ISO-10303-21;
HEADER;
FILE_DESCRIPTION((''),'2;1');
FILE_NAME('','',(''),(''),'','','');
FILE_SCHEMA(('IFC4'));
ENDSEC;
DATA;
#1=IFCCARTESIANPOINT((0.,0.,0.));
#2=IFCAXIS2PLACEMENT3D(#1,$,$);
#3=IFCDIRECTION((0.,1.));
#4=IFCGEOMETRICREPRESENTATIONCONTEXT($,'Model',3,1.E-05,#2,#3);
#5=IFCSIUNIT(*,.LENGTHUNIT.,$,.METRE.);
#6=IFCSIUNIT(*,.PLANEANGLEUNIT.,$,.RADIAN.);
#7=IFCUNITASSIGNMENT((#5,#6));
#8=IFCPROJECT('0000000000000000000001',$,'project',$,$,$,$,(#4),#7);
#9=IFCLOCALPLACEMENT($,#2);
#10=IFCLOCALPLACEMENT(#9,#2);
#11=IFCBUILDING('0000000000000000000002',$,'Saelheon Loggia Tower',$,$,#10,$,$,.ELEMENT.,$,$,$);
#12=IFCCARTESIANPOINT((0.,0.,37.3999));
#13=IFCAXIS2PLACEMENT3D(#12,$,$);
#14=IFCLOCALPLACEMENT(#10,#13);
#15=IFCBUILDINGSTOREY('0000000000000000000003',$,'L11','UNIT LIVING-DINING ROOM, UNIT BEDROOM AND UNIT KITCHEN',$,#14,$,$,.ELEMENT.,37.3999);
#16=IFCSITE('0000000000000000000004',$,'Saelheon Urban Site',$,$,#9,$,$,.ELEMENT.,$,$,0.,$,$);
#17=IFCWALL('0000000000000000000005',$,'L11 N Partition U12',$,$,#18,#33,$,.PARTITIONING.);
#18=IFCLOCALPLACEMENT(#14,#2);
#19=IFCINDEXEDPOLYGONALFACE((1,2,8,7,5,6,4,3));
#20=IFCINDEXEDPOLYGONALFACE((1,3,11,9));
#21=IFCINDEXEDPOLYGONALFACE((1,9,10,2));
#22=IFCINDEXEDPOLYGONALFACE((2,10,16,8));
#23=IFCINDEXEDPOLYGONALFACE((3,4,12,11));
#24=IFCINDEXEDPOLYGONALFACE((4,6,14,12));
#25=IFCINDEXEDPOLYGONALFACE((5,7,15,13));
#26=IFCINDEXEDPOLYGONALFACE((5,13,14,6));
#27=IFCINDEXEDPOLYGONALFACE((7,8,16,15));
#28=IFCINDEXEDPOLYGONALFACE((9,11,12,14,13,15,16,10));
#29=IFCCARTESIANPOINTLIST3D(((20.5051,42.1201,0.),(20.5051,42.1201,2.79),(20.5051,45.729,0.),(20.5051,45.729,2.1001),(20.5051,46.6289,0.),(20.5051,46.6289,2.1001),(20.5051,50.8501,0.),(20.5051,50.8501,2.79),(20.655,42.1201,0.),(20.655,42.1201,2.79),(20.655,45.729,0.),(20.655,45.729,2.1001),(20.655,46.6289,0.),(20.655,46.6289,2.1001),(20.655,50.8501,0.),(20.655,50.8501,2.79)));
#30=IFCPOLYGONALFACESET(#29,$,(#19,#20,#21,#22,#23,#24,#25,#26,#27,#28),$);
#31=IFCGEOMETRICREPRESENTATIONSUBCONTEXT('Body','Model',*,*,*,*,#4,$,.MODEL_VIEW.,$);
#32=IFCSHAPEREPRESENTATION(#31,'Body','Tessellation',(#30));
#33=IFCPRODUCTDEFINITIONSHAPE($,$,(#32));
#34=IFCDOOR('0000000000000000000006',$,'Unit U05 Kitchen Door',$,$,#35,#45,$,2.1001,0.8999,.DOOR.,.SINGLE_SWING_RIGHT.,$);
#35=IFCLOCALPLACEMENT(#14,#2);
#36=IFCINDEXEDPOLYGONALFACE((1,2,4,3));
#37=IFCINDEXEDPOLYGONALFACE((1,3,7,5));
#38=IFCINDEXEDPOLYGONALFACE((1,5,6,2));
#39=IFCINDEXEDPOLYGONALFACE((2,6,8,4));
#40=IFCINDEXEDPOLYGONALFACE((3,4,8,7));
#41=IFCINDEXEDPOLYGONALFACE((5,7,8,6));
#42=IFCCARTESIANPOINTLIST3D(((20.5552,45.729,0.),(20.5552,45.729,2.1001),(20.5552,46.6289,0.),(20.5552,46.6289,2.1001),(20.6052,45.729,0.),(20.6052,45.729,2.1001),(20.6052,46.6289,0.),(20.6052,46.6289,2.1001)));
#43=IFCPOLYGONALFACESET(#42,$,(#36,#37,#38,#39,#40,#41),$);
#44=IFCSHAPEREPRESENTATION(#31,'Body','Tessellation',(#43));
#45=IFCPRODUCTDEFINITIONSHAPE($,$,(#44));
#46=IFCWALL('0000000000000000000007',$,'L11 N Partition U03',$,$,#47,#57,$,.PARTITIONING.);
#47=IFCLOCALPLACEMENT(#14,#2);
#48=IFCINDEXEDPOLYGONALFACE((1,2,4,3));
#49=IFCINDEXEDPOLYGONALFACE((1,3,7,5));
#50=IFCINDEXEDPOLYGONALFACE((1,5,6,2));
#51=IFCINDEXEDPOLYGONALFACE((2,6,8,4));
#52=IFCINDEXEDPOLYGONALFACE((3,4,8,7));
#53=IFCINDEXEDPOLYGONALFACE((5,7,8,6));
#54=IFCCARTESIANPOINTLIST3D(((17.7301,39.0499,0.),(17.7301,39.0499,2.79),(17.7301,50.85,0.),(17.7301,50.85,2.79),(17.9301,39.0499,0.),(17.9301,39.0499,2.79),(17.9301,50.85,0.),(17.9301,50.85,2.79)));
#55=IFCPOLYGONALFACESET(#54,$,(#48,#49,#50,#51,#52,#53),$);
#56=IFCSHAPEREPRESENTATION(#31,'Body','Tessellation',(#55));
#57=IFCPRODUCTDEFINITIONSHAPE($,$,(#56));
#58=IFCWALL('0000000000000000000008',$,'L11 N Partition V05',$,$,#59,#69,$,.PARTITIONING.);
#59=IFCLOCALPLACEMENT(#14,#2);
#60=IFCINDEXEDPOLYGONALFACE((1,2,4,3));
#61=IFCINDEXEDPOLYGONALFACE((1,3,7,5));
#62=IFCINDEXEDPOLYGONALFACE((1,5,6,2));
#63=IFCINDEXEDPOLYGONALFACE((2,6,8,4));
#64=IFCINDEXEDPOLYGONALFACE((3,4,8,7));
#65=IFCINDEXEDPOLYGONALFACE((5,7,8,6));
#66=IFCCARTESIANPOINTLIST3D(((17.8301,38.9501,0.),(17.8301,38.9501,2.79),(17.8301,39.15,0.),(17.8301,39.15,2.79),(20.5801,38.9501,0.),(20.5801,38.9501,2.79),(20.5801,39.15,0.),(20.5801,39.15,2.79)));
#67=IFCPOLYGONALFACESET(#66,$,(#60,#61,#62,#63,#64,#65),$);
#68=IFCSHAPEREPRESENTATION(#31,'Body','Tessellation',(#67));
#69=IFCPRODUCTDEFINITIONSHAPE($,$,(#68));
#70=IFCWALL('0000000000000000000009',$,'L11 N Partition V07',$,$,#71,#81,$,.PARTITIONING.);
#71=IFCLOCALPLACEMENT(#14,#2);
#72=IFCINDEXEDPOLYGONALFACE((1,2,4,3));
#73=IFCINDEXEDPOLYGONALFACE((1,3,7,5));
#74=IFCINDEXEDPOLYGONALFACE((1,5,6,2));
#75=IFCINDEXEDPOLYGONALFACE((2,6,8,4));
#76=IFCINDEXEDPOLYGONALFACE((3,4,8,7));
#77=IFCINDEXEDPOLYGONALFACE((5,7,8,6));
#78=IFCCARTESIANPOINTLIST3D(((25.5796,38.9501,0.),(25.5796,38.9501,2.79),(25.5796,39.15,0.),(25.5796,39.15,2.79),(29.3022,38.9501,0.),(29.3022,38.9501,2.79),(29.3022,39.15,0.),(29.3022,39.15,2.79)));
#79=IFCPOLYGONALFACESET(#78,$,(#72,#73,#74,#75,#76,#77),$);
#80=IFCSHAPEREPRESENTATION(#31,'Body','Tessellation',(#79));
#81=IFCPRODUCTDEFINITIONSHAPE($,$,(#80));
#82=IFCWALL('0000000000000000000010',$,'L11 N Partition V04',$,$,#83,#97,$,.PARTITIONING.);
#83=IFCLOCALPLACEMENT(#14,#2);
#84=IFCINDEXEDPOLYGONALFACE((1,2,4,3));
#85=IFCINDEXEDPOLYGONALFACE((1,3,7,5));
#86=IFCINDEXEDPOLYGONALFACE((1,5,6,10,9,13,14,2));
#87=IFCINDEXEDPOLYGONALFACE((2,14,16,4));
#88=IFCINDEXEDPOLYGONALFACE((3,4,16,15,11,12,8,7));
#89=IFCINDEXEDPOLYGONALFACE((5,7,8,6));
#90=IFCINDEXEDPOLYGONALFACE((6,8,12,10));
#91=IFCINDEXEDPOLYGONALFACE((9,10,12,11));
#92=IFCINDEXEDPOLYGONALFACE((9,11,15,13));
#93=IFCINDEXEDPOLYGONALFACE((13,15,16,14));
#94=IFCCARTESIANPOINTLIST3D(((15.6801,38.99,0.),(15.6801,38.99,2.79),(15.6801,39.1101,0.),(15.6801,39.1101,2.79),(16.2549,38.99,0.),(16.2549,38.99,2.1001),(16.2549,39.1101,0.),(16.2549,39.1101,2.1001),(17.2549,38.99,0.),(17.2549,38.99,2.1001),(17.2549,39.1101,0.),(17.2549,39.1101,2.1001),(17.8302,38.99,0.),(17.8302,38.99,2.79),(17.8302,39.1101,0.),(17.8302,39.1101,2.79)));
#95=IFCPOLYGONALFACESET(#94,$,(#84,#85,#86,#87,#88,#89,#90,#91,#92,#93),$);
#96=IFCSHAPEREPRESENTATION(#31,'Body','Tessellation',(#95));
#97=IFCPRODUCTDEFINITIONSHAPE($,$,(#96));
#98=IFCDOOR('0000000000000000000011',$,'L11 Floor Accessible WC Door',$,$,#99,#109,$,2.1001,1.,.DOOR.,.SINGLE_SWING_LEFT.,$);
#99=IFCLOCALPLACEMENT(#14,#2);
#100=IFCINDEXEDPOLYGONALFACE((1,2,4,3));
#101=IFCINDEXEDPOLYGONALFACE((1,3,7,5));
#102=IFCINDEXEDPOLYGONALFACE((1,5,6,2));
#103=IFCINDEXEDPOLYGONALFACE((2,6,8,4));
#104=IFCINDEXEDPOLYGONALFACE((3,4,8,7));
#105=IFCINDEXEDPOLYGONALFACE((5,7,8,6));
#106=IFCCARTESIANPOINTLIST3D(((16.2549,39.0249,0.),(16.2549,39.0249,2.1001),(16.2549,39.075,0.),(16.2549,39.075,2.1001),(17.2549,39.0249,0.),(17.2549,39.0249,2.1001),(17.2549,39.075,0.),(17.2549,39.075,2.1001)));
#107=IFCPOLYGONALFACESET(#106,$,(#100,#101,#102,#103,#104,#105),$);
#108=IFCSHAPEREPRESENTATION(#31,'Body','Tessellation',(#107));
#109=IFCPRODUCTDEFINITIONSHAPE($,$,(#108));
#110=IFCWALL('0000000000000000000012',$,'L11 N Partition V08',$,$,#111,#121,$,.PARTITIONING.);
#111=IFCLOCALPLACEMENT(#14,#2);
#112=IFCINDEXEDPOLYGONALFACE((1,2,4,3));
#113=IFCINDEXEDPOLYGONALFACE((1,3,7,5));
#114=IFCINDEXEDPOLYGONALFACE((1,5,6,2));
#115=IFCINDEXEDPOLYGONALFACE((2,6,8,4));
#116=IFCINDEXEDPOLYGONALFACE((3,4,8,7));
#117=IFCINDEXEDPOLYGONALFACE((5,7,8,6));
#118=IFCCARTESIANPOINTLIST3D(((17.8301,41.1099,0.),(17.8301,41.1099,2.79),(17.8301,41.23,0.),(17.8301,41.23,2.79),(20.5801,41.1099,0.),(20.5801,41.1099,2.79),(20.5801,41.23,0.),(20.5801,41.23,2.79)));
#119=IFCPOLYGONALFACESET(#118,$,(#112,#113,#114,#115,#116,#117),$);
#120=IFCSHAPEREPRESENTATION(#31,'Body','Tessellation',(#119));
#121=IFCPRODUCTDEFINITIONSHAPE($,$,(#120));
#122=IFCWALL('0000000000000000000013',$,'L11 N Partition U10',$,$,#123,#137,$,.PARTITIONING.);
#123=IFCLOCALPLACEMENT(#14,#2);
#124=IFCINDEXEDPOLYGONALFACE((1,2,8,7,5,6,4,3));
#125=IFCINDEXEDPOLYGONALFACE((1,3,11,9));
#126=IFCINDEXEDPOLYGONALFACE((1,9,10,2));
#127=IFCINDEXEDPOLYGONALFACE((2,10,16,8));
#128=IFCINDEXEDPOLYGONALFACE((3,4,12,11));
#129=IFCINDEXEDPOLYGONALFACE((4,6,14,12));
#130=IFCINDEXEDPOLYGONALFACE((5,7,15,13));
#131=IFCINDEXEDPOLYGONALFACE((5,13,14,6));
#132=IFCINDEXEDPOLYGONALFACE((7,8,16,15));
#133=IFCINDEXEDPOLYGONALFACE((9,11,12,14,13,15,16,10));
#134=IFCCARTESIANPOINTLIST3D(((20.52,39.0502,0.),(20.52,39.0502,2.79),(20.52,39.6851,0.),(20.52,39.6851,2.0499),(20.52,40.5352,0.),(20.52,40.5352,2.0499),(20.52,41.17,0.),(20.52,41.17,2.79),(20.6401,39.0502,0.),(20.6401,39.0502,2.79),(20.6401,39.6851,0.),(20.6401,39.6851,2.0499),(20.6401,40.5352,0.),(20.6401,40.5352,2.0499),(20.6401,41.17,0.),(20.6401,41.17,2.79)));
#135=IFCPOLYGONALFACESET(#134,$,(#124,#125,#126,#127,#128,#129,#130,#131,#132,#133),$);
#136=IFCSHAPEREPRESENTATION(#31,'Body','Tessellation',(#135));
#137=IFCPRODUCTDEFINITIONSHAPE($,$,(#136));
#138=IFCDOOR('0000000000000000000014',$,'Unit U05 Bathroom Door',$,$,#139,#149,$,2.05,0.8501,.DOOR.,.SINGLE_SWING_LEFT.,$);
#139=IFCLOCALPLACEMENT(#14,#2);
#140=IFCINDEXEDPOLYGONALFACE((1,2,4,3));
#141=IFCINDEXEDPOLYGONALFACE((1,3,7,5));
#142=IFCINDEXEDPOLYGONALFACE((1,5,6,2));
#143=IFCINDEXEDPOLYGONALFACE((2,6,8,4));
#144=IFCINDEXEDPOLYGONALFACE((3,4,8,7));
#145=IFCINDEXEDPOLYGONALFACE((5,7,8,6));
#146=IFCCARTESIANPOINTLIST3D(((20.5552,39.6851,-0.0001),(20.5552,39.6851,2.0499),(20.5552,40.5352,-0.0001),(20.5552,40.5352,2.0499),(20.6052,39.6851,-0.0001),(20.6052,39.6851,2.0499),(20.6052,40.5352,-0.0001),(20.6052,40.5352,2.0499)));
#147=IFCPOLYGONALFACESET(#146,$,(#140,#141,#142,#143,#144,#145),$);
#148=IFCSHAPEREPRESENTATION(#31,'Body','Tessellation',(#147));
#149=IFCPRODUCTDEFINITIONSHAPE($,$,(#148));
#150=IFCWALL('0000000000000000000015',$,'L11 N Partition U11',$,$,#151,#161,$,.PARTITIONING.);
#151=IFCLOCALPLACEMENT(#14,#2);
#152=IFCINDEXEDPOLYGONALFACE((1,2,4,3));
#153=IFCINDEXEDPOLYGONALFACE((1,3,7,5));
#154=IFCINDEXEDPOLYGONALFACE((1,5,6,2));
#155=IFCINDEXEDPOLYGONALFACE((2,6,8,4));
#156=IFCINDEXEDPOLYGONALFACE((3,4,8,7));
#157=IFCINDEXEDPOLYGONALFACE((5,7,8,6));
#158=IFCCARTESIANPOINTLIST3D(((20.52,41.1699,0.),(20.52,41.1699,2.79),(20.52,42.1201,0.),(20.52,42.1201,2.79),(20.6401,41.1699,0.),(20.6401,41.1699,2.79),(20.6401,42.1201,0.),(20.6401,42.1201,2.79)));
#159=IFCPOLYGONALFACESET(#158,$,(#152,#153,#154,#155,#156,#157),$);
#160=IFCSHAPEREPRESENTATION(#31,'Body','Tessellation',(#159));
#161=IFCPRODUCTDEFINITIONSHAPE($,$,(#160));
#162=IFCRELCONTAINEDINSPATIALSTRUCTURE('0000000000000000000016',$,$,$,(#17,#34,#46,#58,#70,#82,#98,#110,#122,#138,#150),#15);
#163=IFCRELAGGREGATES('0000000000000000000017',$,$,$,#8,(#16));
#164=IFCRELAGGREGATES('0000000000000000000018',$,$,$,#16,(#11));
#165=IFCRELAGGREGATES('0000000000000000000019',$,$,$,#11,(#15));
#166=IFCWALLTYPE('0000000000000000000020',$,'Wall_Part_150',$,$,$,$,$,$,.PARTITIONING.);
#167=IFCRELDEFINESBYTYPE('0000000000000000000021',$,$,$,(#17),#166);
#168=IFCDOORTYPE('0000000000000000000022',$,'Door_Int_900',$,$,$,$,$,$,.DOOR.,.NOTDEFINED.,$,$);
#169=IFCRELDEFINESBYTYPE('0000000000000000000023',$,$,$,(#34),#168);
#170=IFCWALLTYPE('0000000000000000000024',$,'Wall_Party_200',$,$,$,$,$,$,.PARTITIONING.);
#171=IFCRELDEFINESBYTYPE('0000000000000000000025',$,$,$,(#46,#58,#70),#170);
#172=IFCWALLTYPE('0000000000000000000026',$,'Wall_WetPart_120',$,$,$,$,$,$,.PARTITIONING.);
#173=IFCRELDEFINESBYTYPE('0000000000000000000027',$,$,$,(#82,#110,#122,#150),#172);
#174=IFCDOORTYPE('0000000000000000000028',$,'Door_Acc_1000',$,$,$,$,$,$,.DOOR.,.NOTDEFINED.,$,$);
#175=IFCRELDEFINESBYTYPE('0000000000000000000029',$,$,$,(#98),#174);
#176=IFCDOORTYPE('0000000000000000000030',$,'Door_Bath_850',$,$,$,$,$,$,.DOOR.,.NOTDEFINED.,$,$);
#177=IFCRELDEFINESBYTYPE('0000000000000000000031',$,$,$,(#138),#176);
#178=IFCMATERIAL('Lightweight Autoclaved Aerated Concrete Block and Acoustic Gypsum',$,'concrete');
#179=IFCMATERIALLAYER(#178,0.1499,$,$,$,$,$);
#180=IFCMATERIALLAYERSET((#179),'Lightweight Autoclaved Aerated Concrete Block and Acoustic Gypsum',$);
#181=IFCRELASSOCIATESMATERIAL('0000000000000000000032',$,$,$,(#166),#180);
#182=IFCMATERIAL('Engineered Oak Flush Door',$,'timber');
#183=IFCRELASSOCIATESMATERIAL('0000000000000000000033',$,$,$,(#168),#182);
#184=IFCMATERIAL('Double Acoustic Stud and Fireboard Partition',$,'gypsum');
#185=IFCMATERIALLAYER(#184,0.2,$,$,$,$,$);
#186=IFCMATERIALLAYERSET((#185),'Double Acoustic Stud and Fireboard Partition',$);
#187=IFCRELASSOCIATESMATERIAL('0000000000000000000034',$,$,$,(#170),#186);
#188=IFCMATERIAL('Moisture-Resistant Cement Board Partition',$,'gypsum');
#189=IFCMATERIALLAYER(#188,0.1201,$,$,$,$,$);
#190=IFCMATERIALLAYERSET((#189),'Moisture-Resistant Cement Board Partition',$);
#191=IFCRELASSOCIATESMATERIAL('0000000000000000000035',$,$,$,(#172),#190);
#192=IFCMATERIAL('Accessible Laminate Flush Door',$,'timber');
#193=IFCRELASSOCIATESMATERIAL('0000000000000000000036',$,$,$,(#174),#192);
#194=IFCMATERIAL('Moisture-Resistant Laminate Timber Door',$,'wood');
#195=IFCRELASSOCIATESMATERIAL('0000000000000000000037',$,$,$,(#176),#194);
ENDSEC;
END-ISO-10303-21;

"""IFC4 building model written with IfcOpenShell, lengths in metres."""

from ifc_helpers import new_model, si_unit, direction, frame, frame_2d, origin, place, context, subcontext, project, spatial, rectangle, extrude, source, transform, mapped, material, layer, layer_set, type_object, element, fill, save


model = new_model("IFC4")

# Units and contexts
model_context = context("Model", 3, precision=1e-05, world=origin(), true_north=direction((0.0, 1.0)))
body_context = subcontext(model_context, "Body", "Model", "MODEL_VIEW")
ifc_project = project(units=[si_unit("LENGTHUNIT", "METRE"), si_unit("PLANEANGLEUNIT", "RADIAN")], contexts=[model_context])

# Site, building, storey
site_placement = place(None, origin())
site = spatial("IfcSite", under=ifc_project, at=site_placement, Name="Saelheon Urban Site", CompositionType="ELEMENT", RefElevation=0.0)
building_placement = place(site_placement, origin())
building = spatial("IfcBuilding", under=site, at=building_placement, Name="Saelheon Loggia Tower", CompositionType="ELEMENT")
storey_placement = place(building_placement, frame((0.0, 0.0, 37.3999)))
storey = spatial("IfcBuildingStorey", under=building, at=storey_placement, Name="L11", Description="UNIT LIVING-DINING ROOM, UNIT BEDROOM AND UNIT KITCHEN", CompositionType="ELEMENT", Elevation=37.3999)

# Wall, opening, door
ifc_material_1 = material(Name="Lightweight Autoclaved Aerated Concrete Block and Acoustic Gypsum", Category="concrete")
ifc_layer_1 = layer(ifc_material_1, 0.1499)
ifc_layer_set_1 = layer_set([ifc_layer_1], Name="Lightweight Autoclaved Aerated Concrete Block and Acoustic Gypsum")
wall_type_1 = type_object("IfcWallType", Name="Wall_Part_150", PredefinedType="PARTITIONING", material=ifc_layer_set_1)
wall_1_placement = place(storey_placement, frame((20.5801, 42.1201, 0.0), z_axis=(0.0, 0.0, 1.0), x_axis=(0.0, 1.0, 0.0)))
wall_1 = element("IfcWall", 1, at=wall_1_placement, inside=storey, type_object=wall_type_1, Name="L11 N Partition U12", PredefinedType="PARTITIONING", context=body_context, shape_type="SweptSolid", body=[
    extrude(rectangle(XDim=8.73, YDim=0.1499, at=frame_2d((4.365, 0.0))), origin(), (0.0, 0.0, 1.0), 2.79),
])
opening_1_placement = place(wall_1_placement, frame((3.6089, 0.0, 0.0)))
opening_1 = element("IfcOpeningElement", 2, at=opening_1_placement, cuts=wall_1, PredefinedType="OPENING", context=body_context, shape_type="SweptSolid", body=[
    extrude(rectangle(XDim=0.8999, YDim=2.1001, at=frame_2d((0.45, 1.05))), frame((0.0, 0.0869, 0.0), z_axis=(0.0, -1.0, 0.0), x_axis=(1.0, 0.0, 0.0)), (0.0, 0.0, 1.0), 0.1738),
])
ifc_material_2 = material(Name="Engineered Oak Flush Door", Category="timber")
door_type_1 = type_object("IfcDoorType", Name="Door_Int_900", OperationType="NOTDEFINED", PredefinedType="DOOR", material=ifc_material_2)
shared_shape_1 = source(origin(), body_context, "Body", "SweptSolid", [
    extrude(rectangle(XDim=0.8999, YDim=2.1001, at=frame_2d((0.45, 1.05))), frame((0.0, 0.0249, 0.0), z_axis=(0.0, -1.0, 0.0), x_axis=(1.0, 0.0, 0.0)), (0.0, 0.0, 1.0), 0.05),
])
door_1_placement = place(opening_1_placement, origin())
door_1 = element("IfcDoor", 3, at=door_1_placement, inside=storey, type_object=door_type_1, Name="Unit U05 Kitchen Door", OperationType="SINGLE_SWING_RIGHT", OverallHeight=2.1001, OverallWidth=0.8999, PredefinedType="DOOR", context=body_context, shape_type="MappedRepresentation", body=[
    mapped(shared_shape_1, transform((0.0, 0.0, 0.0), scale=1.0)),
])
fill(opening_1, door_1)

# Walls
ifc_material_3 = material(Name="Double Acoustic Stud and Fireboard Partition", Category="gypsum")
ifc_layer_2 = layer(ifc_material_3, 0.2)
ifc_layer_set_2 = layer_set([ifc_layer_2], Name="Double Acoustic Stud and Fireboard Partition")
wall_type_2 = type_object("IfcWallType", Name="Wall_Party_200", PredefinedType="PARTITIONING", material=ifc_layer_set_2)
wall_2_placement = place(storey_placement, frame((17.8301, 39.05, 0.0), z_axis=(0.0, 0.0, 1.0), x_axis=(0.0, 1.0, 0.0)))
element("IfcWall", 4, at=wall_2_placement, inside=storey, type_object=wall_type_2, Name="L11 N Partition U03", PredefinedType="PARTITIONING", context=body_context, shape_type="SweptSolid", body=[
    extrude(rectangle(XDim=11.8, YDim=0.2, at=frame_2d((5.8999, 0.0))), origin(), (0.0, 0.0, 1.0), 2.79),
])
wall_3_placement = place(storey_placement, frame((17.8301, 39.05, 0.0), z_axis=(0.0, 0.0, 1.0), x_axis=(1.0, 0.0, 0.0)))
element("IfcWall", 5, at=wall_3_placement, inside=storey, type_object=wall_type_2, Name="L11 N Partition V05", PredefinedType="PARTITIONING", context=body_context, shape_type="SweptSolid", body=[
    extrude(rectangle(XDim=2.75, YDim=0.2, at=frame_2d((1.375, 0.0))), origin(), (0.0, 0.0, 1.0), 2.79),
])

# Wall
wall_4_placement = place(storey_placement, frame((25.5796, 39.05, 0.0), z_axis=(0.0, 0.0, 1.0), x_axis=(1.0, 0.0, 0.0)))
element("IfcWall", 6, at=wall_4_placement, inside=storey, type_object=wall_type_2, Name="L11 N Partition V07", PredefinedType="PARTITIONING", context=body_context, shape_type="SweptSolid", body=[
    extrude(rectangle(XDim=3.7227, YDim=0.2, at=frame_2d((1.8613, 0.0))), origin(), (0.0, 0.0, 1.0), 2.79),
])

# Wall, opening, door
ifc_material_4 = material(Name="Moisture-Resistant Cement Board Partition", Category="gypsum")
ifc_layer_3 = layer(ifc_material_4, 0.1201)
ifc_layer_set_3 = layer_set([ifc_layer_3], Name="Moisture-Resistant Cement Board Partition")
wall_type_3 = type_object("IfcWallType", Name="Wall_WetPart_120", PredefinedType="PARTITIONING", material=ifc_layer_set_3)
wall_5_placement = place(storey_placement, frame((15.6799, 39.05, 0.0), z_axis=(0.0, 0.0, 1.0), x_axis=(1.0, 0.0, 0.0)))
wall_5 = element("IfcWall", 7, at=wall_5_placement, inside=storey, type_object=wall_type_3, Name="L11 N Partition V04", PredefinedType="PARTITIONING", context=body_context, shape_type="SweptSolid", body=[
    extrude(rectangle(XDim=2.1501, YDim=0.1201, at=frame_2d((1.0752, 0.0))), origin(), (0.0, 0.0, 1.0), 2.79),
])
opening_2_placement = place(wall_5_placement, frame((0.575, 0.0, 0.0)))
opening_2 = element("IfcOpeningElement", 8, at=opening_2_placement, cuts=wall_5, PredefinedType="OPENING", context=body_context, shape_type="SweptSolid", body=[
    extrude(rectangle(XDim=1.0, YDim=2.1001, at=frame_2d((0.5, 1.05))), frame((0.0, 0.072, 0.0), z_axis=(0.0, -1.0, 0.0), x_axis=(1.0, 0.0, 0.0)), (0.0, 0.0, 1.0), 0.144),
])
ifc_material_5 = material(Name="Accessible Laminate Flush Door", Category="timber")
door_type_2 = type_object("IfcDoorType", Name="Door_Acc_1000", OperationType="NOTDEFINED", PredefinedType="DOOR", material=ifc_material_5)
shared_shape_2 = source(origin(), body_context, "Body", "SweptSolid", [
    extrude(rectangle(XDim=1.0, YDim=2.1001, at=frame_2d((0.5, 1.05))), frame((0.0, 0.0249, 0.0), z_axis=(0.0, -1.0, 0.0), x_axis=(1.0, 0.0, 0.0)), (0.0, 0.0, 1.0), 0.05),
])
door_2_placement = place(opening_2_placement, origin())
door_2 = element("IfcDoor", 9, at=door_2_placement, inside=storey, type_object=door_type_2, Name="L11 Floor Accessible WC Door", OperationType="SINGLE_SWING_LEFT", OverallHeight=2.1001, OverallWidth=1.0, PredefinedType="DOOR", context=body_context, shape_type="MappedRepresentation", body=[
    mapped(shared_shape_2, transform((0.0, 0.0, 0.0), scale=1.0)),
])
fill(opening_2, door_2)

# Wall
wall_6_placement = place(storey_placement, frame((17.8301, 41.1699, 0.0), z_axis=(0.0, 0.0, 1.0), x_axis=(1.0, 0.0, 0.0)))
element("IfcWall", 10, at=wall_6_placement, inside=storey, type_object=wall_type_3, Name="L11 N Partition V08", PredefinedType="PARTITIONING", context=body_context, shape_type="SweptSolid", body=[
    extrude(rectangle(XDim=2.75, YDim=0.1201, at=frame_2d((1.375, 0.0))), origin(), (0.0, 0.0, 1.0), 2.79),
])

# Wall, opening, door
wall_7_placement = place(storey_placement, frame((20.5801, 39.05, 0.0), z_axis=(0.0, 0.0, 1.0), x_axis=(0.0, 1.0, 0.0)))
wall_7 = element("IfcWall", 11, at=wall_7_placement, inside=storey, type_object=wall_type_3, Name="L11 N Partition U10", PredefinedType="PARTITIONING", context=body_context, shape_type="SweptSolid", body=[
    extrude(rectangle(XDim=2.1199, YDim=0.1201, at=frame_2d((1.0601, 0.0))), origin(), (0.0, 0.0, 1.0), 2.79),
])
opening_3_placement = place(wall_7_placement, frame((0.635, 0.0, 0.0)))
opening_3 = element("IfcOpeningElement", 12, at=opening_3_placement, cuts=wall_7, PredefinedType="OPENING", context=body_context, shape_type="SweptSolid", body=[
    extrude(rectangle(XDim=0.8501, YDim=2.05, at=frame_2d((0.425, 1.0249))), frame((0.0, 0.072, 0.0), z_axis=(0.0, -1.0, 0.0), x_axis=(1.0, 0.0, 0.0)), (0.0, 0.0, 1.0), 0.144),
])
ifc_material_6 = material(Name="Moisture-Resistant Laminate Timber Door", Category="wood")
door_type_3 = type_object("IfcDoorType", Name="Door_Bath_850", OperationType="NOTDEFINED", PredefinedType="DOOR", material=ifc_material_6)
shared_shape_3 = source(origin(), body_context, "Body", "SweptSolid", [
    extrude(rectangle(XDim=0.8501, YDim=2.05, at=frame_2d((0.425, 1.0249))), frame((0.0, 0.0249, 0.0), z_axis=(0.0, -1.0, 0.0), x_axis=(1.0, 0.0, 0.0)), (0.0, 0.0, 1.0), 0.05),
])
door_3_placement = place(opening_3_placement, origin())
door_3 = element("IfcDoor", 13, at=door_3_placement, inside=storey, type_object=door_type_3, Name="Unit U05 Bathroom Door", OperationType="SINGLE_SWING_LEFT", OverallHeight=2.05, OverallWidth=0.8501, PredefinedType="DOOR", context=body_context, shape_type="MappedRepresentation", body=[
    mapped(shared_shape_3, transform((0.0, 0.0, 0.0), scale=1.0)),
])
fill(opening_3, door_3)

# Wall
wall_8_placement = place(storey_placement, frame((20.5801, 41.1699, 0.0), z_axis=(0.0, 0.0, 1.0), x_axis=(0.0, 1.0, 0.0)))
element("IfcWall", 14, at=wall_8_placement, inside=storey, type_object=wall_type_3, Name="L11 N Partition U11", PredefinedType="PARTITIONING", context=body_context, shape_type="SweptSolid", body=[
    extrude(rectangle(XDim=0.9502, YDim=0.1201, at=frame_2d((0.4751, 0.0))), origin(), (0.0, 0.0, 1.0), 2.79),
])

save(model, "model.ifc")
